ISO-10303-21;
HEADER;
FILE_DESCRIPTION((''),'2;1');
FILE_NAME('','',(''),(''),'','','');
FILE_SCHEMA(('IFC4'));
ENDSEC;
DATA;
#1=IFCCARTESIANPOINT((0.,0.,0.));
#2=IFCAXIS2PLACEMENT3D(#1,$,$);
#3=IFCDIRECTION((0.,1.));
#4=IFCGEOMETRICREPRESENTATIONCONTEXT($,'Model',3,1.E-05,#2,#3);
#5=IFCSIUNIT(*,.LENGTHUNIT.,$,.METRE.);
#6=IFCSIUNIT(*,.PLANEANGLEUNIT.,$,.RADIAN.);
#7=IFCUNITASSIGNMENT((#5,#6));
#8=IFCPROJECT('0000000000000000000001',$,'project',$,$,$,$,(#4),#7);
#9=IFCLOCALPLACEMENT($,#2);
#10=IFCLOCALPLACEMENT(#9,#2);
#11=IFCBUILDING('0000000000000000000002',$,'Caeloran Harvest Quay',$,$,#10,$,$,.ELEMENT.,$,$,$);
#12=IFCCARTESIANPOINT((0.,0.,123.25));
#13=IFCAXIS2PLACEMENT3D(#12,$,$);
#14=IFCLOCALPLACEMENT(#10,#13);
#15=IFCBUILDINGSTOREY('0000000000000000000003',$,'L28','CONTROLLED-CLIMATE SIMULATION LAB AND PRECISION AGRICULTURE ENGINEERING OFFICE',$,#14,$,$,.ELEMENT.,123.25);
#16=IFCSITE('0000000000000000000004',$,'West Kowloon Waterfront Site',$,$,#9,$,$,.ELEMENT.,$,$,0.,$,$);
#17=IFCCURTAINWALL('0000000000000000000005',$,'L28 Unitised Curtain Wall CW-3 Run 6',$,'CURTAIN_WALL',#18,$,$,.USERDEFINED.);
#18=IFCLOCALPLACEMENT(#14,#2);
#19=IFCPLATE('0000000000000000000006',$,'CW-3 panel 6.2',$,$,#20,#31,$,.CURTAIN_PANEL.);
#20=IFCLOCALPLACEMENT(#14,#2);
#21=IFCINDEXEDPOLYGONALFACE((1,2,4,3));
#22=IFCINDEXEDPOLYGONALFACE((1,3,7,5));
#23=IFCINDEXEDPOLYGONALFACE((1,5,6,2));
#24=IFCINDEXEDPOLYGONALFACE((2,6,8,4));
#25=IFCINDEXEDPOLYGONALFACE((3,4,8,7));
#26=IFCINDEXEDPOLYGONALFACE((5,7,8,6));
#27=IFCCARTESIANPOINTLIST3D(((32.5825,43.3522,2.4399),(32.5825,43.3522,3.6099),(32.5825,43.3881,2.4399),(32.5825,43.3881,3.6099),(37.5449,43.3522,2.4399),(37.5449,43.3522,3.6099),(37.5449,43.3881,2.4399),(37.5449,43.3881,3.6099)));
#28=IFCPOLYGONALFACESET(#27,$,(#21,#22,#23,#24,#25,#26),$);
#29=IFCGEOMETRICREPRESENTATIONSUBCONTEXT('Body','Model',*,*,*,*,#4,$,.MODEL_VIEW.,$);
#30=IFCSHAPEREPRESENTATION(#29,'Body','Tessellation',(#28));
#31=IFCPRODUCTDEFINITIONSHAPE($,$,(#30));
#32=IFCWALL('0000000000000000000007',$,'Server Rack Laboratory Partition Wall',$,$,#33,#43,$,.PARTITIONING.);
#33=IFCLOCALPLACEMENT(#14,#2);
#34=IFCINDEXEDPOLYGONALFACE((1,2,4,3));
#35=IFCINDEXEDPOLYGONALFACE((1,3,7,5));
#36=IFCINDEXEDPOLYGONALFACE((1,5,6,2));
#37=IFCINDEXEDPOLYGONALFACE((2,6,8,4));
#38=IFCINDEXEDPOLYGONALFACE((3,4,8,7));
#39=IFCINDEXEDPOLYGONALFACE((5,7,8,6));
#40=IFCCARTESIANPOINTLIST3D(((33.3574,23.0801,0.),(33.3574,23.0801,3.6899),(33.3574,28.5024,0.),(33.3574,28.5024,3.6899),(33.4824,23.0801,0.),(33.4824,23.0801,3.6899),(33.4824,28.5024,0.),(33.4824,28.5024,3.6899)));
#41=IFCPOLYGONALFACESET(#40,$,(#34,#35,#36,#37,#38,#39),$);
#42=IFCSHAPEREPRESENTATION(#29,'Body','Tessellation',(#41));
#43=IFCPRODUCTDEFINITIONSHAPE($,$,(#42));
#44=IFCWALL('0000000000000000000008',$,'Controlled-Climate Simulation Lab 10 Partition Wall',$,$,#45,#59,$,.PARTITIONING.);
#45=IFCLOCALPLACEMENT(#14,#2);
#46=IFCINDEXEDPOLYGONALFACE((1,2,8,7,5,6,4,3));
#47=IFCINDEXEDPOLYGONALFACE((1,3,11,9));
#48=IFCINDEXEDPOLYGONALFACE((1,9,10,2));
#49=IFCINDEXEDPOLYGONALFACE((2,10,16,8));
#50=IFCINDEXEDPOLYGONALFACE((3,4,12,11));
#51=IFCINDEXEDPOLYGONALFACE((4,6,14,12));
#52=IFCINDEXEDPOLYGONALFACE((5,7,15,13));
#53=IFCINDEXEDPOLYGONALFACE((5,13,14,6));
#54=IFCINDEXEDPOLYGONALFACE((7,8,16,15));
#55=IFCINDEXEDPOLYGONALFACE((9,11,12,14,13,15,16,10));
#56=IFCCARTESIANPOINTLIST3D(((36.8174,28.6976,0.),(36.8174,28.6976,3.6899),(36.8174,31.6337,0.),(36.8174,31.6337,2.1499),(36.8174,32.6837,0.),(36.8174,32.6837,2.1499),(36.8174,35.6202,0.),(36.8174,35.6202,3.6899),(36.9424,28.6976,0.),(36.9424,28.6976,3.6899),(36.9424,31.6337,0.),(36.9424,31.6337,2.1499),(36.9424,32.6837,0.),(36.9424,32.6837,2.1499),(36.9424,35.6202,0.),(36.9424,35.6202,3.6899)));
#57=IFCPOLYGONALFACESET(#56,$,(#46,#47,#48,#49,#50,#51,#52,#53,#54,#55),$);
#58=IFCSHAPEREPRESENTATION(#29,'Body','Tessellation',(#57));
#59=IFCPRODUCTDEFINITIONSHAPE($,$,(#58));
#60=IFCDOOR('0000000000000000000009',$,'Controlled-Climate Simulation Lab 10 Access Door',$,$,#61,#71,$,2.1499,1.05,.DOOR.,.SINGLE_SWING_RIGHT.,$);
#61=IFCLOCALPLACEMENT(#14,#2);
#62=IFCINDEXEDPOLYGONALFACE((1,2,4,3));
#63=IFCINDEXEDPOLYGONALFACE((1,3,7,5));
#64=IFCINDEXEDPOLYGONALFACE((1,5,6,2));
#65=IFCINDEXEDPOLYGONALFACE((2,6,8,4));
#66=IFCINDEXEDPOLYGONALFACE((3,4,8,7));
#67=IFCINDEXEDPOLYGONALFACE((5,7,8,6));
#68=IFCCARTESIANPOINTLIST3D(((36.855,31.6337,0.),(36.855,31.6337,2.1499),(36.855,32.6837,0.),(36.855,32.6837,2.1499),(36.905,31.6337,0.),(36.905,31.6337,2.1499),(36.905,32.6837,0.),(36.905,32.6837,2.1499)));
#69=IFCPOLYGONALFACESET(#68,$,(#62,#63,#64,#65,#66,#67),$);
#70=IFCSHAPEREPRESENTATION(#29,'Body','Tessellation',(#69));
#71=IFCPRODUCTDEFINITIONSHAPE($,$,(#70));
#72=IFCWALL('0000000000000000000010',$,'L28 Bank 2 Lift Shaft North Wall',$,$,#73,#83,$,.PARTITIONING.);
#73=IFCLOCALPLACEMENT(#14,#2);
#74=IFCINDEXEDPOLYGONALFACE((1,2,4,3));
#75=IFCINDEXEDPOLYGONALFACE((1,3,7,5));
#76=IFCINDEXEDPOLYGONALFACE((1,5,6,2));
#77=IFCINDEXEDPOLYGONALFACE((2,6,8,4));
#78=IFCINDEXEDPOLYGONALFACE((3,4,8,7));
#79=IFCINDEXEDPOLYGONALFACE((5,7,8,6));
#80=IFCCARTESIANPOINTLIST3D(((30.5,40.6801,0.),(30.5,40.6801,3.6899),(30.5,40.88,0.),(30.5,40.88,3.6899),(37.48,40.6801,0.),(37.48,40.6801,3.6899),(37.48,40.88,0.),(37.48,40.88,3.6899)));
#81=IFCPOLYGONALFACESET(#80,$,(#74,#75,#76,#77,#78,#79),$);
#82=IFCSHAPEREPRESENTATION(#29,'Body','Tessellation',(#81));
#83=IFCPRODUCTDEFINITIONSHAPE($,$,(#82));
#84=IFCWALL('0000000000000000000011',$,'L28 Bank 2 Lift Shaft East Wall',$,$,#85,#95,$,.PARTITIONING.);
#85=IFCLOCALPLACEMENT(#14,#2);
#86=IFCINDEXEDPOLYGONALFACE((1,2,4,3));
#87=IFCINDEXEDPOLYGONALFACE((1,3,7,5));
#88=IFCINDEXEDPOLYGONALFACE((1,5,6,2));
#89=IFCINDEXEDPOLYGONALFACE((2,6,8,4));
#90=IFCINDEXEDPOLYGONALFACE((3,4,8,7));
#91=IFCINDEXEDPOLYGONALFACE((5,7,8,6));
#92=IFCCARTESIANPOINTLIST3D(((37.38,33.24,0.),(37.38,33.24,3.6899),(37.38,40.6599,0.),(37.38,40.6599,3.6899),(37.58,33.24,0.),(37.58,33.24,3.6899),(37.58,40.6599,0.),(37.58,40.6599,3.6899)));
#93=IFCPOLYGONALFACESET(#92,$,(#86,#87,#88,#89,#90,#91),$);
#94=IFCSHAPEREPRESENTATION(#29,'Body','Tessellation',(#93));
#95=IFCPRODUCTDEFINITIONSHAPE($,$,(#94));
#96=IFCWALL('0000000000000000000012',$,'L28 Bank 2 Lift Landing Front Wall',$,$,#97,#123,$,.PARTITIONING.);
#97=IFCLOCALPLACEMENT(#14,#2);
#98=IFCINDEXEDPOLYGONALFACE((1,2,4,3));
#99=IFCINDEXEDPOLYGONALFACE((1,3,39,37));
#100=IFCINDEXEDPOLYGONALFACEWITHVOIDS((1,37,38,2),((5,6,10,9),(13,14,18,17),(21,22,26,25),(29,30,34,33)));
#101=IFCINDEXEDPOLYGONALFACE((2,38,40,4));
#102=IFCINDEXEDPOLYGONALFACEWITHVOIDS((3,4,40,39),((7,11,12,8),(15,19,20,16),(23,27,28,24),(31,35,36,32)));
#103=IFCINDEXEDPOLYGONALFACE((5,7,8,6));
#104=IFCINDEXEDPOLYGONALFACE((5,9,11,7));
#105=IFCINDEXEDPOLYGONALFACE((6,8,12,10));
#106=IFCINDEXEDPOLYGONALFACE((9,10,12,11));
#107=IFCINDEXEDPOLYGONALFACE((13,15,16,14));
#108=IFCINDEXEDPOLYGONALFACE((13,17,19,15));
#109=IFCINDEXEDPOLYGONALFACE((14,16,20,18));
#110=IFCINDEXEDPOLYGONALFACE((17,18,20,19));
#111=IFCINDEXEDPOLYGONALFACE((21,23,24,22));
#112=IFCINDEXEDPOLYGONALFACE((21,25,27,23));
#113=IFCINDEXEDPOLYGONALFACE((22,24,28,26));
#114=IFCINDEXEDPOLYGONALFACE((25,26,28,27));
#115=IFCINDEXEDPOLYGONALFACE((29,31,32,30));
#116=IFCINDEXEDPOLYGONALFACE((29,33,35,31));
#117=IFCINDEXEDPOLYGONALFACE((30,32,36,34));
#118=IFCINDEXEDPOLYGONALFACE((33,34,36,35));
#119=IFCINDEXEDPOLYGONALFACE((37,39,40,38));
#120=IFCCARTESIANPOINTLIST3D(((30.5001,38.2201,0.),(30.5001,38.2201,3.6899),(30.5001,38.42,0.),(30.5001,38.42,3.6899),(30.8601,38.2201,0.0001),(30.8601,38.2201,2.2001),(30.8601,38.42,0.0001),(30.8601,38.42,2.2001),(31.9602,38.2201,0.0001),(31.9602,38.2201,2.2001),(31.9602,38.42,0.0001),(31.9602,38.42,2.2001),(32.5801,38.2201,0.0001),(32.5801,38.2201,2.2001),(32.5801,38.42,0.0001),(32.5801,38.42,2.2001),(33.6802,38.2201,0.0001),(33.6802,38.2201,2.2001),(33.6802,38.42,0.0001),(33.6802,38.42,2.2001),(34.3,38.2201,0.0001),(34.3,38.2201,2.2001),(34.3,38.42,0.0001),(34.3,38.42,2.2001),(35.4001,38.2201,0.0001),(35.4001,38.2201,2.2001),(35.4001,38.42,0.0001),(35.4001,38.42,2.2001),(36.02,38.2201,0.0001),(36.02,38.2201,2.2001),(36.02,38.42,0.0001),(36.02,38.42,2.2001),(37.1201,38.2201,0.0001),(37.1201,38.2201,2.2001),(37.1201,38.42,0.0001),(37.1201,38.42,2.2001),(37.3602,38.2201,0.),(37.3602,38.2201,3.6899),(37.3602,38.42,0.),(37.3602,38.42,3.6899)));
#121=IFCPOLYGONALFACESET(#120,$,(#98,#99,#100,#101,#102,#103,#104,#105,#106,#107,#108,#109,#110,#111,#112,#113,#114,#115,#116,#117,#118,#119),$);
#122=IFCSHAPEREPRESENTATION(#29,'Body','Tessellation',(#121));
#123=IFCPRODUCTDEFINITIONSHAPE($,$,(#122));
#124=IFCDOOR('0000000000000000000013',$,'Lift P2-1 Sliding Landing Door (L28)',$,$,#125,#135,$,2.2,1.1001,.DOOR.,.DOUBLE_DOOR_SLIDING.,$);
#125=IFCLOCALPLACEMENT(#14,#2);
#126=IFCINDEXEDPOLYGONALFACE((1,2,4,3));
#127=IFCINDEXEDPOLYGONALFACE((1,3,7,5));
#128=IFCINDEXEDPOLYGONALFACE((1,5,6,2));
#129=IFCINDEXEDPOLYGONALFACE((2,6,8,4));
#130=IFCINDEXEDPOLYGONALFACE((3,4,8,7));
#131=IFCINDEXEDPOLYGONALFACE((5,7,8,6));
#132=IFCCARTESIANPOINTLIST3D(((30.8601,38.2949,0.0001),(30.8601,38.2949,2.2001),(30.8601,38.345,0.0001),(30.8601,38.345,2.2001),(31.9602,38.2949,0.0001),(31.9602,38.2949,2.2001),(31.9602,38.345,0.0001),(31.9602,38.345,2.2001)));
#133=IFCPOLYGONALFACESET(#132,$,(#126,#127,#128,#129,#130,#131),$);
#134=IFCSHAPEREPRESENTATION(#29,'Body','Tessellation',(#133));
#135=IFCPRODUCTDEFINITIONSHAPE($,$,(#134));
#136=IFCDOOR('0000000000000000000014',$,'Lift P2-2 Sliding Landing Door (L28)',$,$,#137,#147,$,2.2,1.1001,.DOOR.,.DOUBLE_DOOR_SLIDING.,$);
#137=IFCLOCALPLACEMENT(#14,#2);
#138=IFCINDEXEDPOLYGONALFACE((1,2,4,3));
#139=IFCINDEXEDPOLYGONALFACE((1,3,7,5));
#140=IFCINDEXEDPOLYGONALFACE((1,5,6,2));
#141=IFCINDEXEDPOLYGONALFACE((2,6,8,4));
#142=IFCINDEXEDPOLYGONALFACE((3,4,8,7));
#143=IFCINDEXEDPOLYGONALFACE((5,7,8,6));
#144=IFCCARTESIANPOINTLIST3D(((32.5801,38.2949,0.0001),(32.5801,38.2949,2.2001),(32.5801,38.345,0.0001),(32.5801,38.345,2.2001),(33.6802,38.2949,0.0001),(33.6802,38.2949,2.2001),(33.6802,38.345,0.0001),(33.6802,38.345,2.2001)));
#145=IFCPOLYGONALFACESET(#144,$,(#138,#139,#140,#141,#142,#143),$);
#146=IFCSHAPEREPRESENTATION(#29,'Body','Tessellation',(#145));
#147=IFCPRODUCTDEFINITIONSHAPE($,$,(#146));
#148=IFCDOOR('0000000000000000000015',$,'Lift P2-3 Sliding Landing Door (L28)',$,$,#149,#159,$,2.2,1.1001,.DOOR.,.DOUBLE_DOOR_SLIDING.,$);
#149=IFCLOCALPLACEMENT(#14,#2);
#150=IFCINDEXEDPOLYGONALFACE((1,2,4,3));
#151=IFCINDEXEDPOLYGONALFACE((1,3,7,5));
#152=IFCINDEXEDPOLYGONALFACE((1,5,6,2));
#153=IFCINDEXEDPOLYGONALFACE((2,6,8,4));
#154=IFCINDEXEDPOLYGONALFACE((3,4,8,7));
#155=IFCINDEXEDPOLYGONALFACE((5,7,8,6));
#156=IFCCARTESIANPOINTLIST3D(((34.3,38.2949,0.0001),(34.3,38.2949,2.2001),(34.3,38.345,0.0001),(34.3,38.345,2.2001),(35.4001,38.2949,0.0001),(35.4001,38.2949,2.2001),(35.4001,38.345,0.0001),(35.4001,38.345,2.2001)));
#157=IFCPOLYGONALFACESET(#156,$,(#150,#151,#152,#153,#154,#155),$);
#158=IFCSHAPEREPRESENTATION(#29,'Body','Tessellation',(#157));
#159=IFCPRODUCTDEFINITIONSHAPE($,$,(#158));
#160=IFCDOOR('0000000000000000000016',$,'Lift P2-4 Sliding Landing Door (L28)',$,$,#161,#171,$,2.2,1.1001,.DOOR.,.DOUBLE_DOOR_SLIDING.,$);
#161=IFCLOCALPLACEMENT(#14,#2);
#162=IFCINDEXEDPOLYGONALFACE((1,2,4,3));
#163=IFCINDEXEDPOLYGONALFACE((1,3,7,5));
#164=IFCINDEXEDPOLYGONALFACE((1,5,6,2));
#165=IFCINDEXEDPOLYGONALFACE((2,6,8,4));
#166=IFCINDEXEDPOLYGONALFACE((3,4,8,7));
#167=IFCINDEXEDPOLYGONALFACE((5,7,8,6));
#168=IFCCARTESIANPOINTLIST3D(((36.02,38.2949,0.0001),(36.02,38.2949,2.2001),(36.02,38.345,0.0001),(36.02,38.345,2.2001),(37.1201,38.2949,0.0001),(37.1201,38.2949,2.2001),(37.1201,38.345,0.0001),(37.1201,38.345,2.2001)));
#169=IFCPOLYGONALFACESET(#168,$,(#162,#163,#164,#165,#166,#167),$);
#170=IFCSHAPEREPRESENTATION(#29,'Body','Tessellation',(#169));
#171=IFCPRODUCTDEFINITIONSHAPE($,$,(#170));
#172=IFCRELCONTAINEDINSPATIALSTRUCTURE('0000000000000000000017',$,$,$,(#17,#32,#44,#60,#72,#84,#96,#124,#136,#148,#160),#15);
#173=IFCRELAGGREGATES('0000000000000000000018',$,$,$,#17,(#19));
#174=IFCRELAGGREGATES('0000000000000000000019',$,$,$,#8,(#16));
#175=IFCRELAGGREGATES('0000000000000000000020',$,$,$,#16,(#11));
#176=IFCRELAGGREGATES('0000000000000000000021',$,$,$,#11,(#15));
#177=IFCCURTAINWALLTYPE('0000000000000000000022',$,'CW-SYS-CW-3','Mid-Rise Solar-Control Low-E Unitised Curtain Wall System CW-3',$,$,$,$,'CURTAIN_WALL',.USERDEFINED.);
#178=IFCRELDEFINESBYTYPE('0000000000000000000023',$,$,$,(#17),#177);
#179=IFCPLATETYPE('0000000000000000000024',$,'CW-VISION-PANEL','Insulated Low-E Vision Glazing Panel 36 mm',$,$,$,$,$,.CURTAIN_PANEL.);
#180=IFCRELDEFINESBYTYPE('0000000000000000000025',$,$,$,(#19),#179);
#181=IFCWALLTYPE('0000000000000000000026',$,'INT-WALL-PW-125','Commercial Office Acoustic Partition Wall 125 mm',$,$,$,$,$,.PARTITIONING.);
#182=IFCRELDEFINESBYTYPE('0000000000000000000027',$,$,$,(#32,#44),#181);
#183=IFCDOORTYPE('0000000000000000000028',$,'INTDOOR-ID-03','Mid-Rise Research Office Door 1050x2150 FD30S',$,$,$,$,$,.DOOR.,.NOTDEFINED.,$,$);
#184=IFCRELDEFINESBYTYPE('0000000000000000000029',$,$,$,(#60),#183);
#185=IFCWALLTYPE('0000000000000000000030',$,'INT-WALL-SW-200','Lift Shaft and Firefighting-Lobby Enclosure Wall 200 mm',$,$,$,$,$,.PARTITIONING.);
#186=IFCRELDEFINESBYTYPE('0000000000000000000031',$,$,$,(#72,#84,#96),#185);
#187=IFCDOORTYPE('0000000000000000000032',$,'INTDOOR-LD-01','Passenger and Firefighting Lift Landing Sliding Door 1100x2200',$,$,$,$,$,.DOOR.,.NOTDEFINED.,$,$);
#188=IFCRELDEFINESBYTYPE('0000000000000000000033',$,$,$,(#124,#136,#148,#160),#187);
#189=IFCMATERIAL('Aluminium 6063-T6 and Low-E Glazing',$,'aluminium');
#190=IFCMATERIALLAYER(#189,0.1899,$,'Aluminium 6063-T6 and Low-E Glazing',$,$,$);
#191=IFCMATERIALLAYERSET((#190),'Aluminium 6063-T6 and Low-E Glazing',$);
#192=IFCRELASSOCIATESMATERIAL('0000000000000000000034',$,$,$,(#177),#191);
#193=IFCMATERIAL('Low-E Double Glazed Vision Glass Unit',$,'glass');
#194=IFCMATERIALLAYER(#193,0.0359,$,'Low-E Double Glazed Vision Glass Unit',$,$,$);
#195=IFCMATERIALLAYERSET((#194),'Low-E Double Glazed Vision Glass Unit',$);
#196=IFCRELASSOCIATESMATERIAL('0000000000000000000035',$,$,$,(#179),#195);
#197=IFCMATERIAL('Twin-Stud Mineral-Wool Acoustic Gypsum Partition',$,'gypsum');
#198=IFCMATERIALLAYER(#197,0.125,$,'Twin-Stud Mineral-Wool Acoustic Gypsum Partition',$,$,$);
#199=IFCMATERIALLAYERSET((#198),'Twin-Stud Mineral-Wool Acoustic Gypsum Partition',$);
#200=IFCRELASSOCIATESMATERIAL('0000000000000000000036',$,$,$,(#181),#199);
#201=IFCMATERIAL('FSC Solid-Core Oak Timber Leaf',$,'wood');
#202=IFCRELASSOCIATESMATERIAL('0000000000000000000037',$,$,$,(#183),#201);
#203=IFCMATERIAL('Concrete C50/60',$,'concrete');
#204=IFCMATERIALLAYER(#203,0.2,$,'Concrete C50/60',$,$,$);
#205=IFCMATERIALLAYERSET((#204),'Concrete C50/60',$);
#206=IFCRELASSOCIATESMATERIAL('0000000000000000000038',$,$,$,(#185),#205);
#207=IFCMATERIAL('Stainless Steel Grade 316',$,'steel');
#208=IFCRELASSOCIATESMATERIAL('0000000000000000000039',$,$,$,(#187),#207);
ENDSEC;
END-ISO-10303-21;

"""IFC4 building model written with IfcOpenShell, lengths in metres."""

from ifc_helpers import new_model, si_unit, direction, frame, frame_2d, origin, origin_2d, place, context, subcontext, project, spatial, rectangle, extrude, material, layer, layer_set, type_object, element, fill, aggregate, save


model = new_model("IFC4")

# Units and contexts
model_context = context("Model", 3, precision=1e-05, world=origin(), true_north=direction((0.0, 1.0)))
body_context = subcontext(model_context, "Body", "Model", "MODEL_VIEW")
ifc_project = project(units=[si_unit("LENGTHUNIT", "METRE"), si_unit("PLANEANGLEUNIT", "RADIAN")], contexts=[model_context])

# Site, building, storey
site_placement = place(None, origin())
site = spatial("IfcSite", under=ifc_project, at=site_placement, Name="West Kowloon Waterfront Site", CompositionType="ELEMENT", RefElevation=0.0)
building_placement = place(site_placement, origin())
building = spatial("IfcBuilding", under=site, at=building_placement, Name="Caeloran Harvest Quay", CompositionType="ELEMENT")
storey_placement = place(building_placement, frame((0.0, 0.0, 123.25)))
storey = spatial("IfcBuildingStorey", under=building, at=storey_placement, Name="L28", Description="CONTROLLED-CLIMATE SIMULATION LAB AND PRECISION AGRICULTURE ENGINEERING OFFICE", CompositionType="ELEMENT", Elevation=123.25)

# Curtain wall, plate
ifc_material_1 = material(Name="Aluminium 6063-T6 and Low-E Glazing", Category="aluminium")
ifc_layer_1 = layer(ifc_material_1, 0.1899, Name="Aluminium 6063-T6 and Low-E Glazing")
ifc_layer_set_1 = layer_set([ifc_layer_1], Name="Aluminium 6063-T6 and Low-E Glazing")
curtain_wall_type = type_object("IfcCurtainWallType", Name="CW-SYS-CW-3", Description="Mid-Rise Solar-Control Low-E Unitised Curtain Wall System CW-3", ElementType="CURTAIN_WALL", PredefinedType="USERDEFINED", material=ifc_layer_set_1)
curtain_wall_placement = place(storey_placement, origin())
curtain_wall = element("IfcCurtainWall", 1, at=curtain_wall_placement, inside=storey, type_object=curtain_wall_type, Name="L28 Unitised Curtain Wall CW-3 Run 6", ObjectType="CURTAIN_WALL", PredefinedType="USERDEFINED")
ifc_material_2 = material(Name="Low-E Double Glazed Vision Glass Unit", Category="glass")
ifc_layer_2 = layer(ifc_material_2, 0.0359, Name="Low-E Double Glazed Vision Glass Unit")
ifc_layer_set_2 = layer_set([ifc_layer_2], Name="Low-E Double Glazed Vision Glass Unit")
plate_type = type_object("IfcPlateType", Name="CW-VISION-PANEL", Description="Insulated Low-E Vision Glazing Panel 36 mm", PredefinedType="CURTAIN_PANEL", material=ifc_layer_set_2)
plate_1_placement = place(storey_placement, frame((35.0637, 43.3701, 2.4399), z_axis=(0.0, 0.0, 1.0), x_axis=(1.0, 0.0, 0.0)))
plate_1 = element("IfcPlate", 2, at=plate_1_placement, type_object=plate_type, Name="CW-3 panel 6.2", PredefinedType="CURTAIN_PANEL", context=body_context, shape_type="SweptSolid", body=[
    extrude(rectangle(XDim=4.9624, YDim=0.0359, at=origin_2d()), origin(), (0.0, 0.0, 1.0), 1.1699),
])
aggregate(curtain_wall, [plate_1])

# Wall
ifc_material_3 = material(Name="Twin-Stud Mineral-Wool Acoustic Gypsum Partition", Category="gypsum")
ifc_layer_3 = layer(ifc_material_3, 0.125, Name="Twin-Stud Mineral-Wool Acoustic Gypsum Partition")
ifc_layer_set_3 = layer_set([ifc_layer_3], Name="Twin-Stud Mineral-Wool Acoustic Gypsum Partition")
wall_type_1 = type_object("IfcWallType", Name="INT-WALL-PW-125", Description="Commercial Office Acoustic Partition Wall 125 mm", PredefinedType="PARTITIONING", material=ifc_layer_set_3)
wall_1_placement = place(storey_placement, frame((33.4199, 28.5024, 0.0), z_axis=(0.0, 0.0, 1.0), x_axis=(0.0, -1.0, 0.0)))
element("IfcWall", 3, at=wall_1_placement, inside=storey, type_object=wall_type_1, Name="Server Rack Laboratory Partition Wall", PredefinedType="PARTITIONING", context=body_context, shape_type="SweptSolid", body=[
    extrude(rectangle(XDim=5.4224, YDim=0.125, at=frame_2d((2.7112, 0.0))), origin(), (0.0, 0.0, 1.0), 3.6899),
])

# Wall, opening, door
wall_2_placement = place(storey_placement, frame((36.8799, 28.6975, 0.0), z_axis=(0.0, 0.0, 1.0), x_axis=(0.0, 1.0, 0.0)))
wall_2 = element("IfcWall", 4, at=wall_2_placement, inside=storey, type_object=wall_type_1, Name="Controlled-Climate Simulation Lab 10 Partition Wall", PredefinedType="PARTITIONING", context=body_context, shape_type="SweptSolid", body=[
    extrude(rectangle(XDim=6.9226, YDim=0.125, at=frame_2d((3.4614, 0.0))), origin(), (0.0, 0.0, 1.0), 3.6899),
])
opening_1_placement = place(wall_2_placement, frame((2.9363, 0.0, 0.0)))
opening_1 = element("IfcOpeningElement", 5, at=opening_1_placement, cuts=wall_2, PredefinedType="OPENING", context=body_context, shape_type="SweptSolid", body=[
    extrude(rectangle(XDim=1.05, YDim=2.1499, at=frame_2d((0.5249, 1.075))), frame((0.0, 0.0725, 0.0), z_axis=(0.0, -1.0, 0.0), x_axis=(1.0, 0.0, 0.0)), (0.0, 0.0, 1.0), 0.145),
])
ifc_material_4 = material(Name="FSC Solid-Core Oak Timber Leaf", Category="wood")
door_type_1 = type_object("IfcDoorType", Name="INTDOOR-ID-03", Description="Mid-Rise Research Office Door 1050x2150 FD30S", OperationType="NOTDEFINED", PredefinedType="DOOR", material=ifc_material_4)
door_1_placement = place(opening_1_placement, origin())
door_1 = element("IfcDoor", 6, at=door_1_placement, inside=storey, type_object=door_type_1, Name="Controlled-Climate Simulation Lab 10 Access Door", OperationType="SINGLE_SWING_RIGHT", OverallHeight=2.1499, OverallWidth=1.05, PredefinedType="DOOR", context=body_context, shape_type="SweptSolid", body=[
    extrude(rectangle(XDim=1.05, YDim=2.1499, at=frame_2d((0.5249, 1.075))), frame((0.0, 0.0249, 0.0), z_axis=(0.0, -1.0, 0.0), x_axis=(1.0, 0.0, 0.0)), (0.0, 0.0, 1.0), 0.05),
])
fill(opening_1, door_1)

# Walls
ifc_material_5 = material(Name="Concrete C50/60", Category="concrete")
ifc_layer_4 = layer(ifc_material_5, 0.2, Name="Concrete C50/60")
ifc_layer_set_4 = layer_set([ifc_layer_4], Name="Concrete C50/60")
wall_type_2 = type_object("IfcWallType", Name="INT-WALL-SW-200", Description="Lift Shaft and Firefighting-Lobby Enclosure Wall 200 mm", PredefinedType="PARTITIONING", material=ifc_layer_set_4)
wall_3_placement = place(storey_placement, frame((30.5, 40.78, 0.0), z_axis=(0.0, 0.0, 1.0), x_axis=(1.0, 0.0, 0.0)))
element("IfcWall", 7, at=wall_3_placement, inside=storey, type_object=wall_type_2, Name="L28 Bank 2 Lift Shaft North Wall", PredefinedType="PARTITIONING", context=body_context, shape_type="SweptSolid", body=[
    extrude(rectangle(XDim=6.98, YDim=0.2, at=frame_2d((3.49, 0.0))), origin(), (0.0, 0.0, 1.0), 3.6899),
])
wall_4_placement = place(storey_placement, frame((37.48, 33.24, 0.0), z_axis=(0.0, 0.0, 1.0), x_axis=(0.0, 1.0, 0.0)))
element("IfcWall", 8, at=wall_4_placement, inside=storey, type_object=wall_type_2, Name="L28 Bank 2 Lift Shaft East Wall", PredefinedType="PARTITIONING", context=body_context, shape_type="SweptSolid", body=[
    extrude(rectangle(XDim=7.4199, YDim=0.2, at=frame_2d((3.71, 0.0))), origin(), (0.0, 0.0, 1.0), 3.6899),
])

# Wall, openings, doors
wall_5_placement = place(storey_placement, frame((30.5, 38.3201, 0.0), z_axis=(0.0, 0.0, 1.0), x_axis=(1.0, 0.0, 0.0)))
wall_5 = element("IfcWall", 9, at=wall_5_placement, inside=storey, type_object=wall_type_2, Name="L28 Bank 2 Lift Landing Front Wall", PredefinedType="PARTITIONING", context=body_context, shape_type="SweptSolid", body=[
    extrude(rectangle(XDim=6.8601, YDim=0.2, at=frame_2d((3.4302, 0.0))), origin(), (0.0, 0.0, 1.0), 3.6899),
])
opening_2_placement = place(wall_5_placement, frame((0.3601, 0.0, 0.0)))
opening_2 = element("IfcOpeningElement", 10, at=opening_2_placement, cuts=wall_5, PredefinedType="OPENING", context=body_context, shape_type="SweptSolid", body=[
    extrude(rectangle(XDim=1.1001, YDim=2.2, at=frame_2d((0.55, 1.1001))), frame((0.0, 0.1099, 0.0), z_axis=(0.0, -1.0, 0.0), x_axis=(1.0, 0.0, 0.0)), (0.0, 0.0, 1.0), 0.22),
])
opening_3_placement = place(wall_5_placement, frame((2.0801, 0.0, 0.0)))
opening_3 = element("IfcOpeningElement", 11, at=opening_3_placement, cuts=wall_5, PredefinedType="OPENING", context=body_context, shape_type="SweptSolid", body=[
    extrude(rectangle(XDim=1.1001, YDim=2.2, at=frame_2d((0.55, 1.1001))), frame((0.0, 0.1099, 0.0), z_axis=(0.0, -1.0, 0.0), x_axis=(1.0, 0.0, 0.0)), (0.0, 0.0, 1.0), 0.22),
])
opening_4_placement = place(wall_5_placement, frame((3.8, 0.0, 0.0)))
opening_4 = element("IfcOpeningElement", 12, at=opening_4_placement, cuts=wall_5, PredefinedType="OPENING", context=body_context, shape_type="SweptSolid", body=[
    extrude(rectangle(XDim=1.1001, YDim=2.2, at=frame_2d((0.55, 1.1001))), frame((0.0, 0.1099, 0.0), z_axis=(0.0, -1.0, 0.0), x_axis=(1.0, 0.0, 0.0)), (0.0, 0.0, 1.0), 0.22),
])
opening_5_placement = place(wall_5_placement, frame((5.52, 0.0, 0.0)))
opening_5 = element("IfcOpeningElement", 13, at=opening_5_placement, cuts=wall_5, PredefinedType="OPENING", context=body_context, shape_type="SweptSolid", body=[
    extrude(rectangle(XDim=1.1001, YDim=2.2, at=frame_2d((0.55, 1.1001))), frame((0.0, 0.1099, 0.0), z_axis=(0.0, -1.0, 0.0), x_axis=(1.0, 0.0, 0.0)), (0.0, 0.0, 1.0), 0.22),
])
ifc_material_6 = material(Name="Stainless Steel Grade 316", Category="steel")
door_type_2 = type_object("IfcDoorType", Name="INTDOOR-LD-01", Description="Passenger and Firefighting Lift Landing Sliding Door 1100x2200", OperationType="NOTDEFINED", PredefinedType="DOOR", material=ifc_material_6)
door_2_placement = place(opening_2_placement, origin())
door_2 = element("IfcDoor", 14, at=door_2_placement, inside=storey, type_object=door_type_2, Name="Lift P2-1 Sliding Landing Door (L28)", OperationType="DOUBLE_DOOR_SLIDING", OverallHeight=2.2, OverallWidth=1.1001, PredefinedType="DOOR", context=body_context, shape_type="SweptSolid", body=[
    extrude(rectangle(XDim=1.1001, YDim=2.2, at=frame_2d((0.55, 1.1001))), frame((0.0, 0.0249, 0.0), z_axis=(0.0, -1.0, 0.0), x_axis=(1.0, 0.0, 0.0)), (0.0, 0.0, 1.0), 0.05),
])
fill(opening_2, door_2)
door_3_placement = place(opening_3_placement, origin())
door_3 = element("IfcDoor", 15, at=door_3_placement, inside=storey, type_object=door_type_2, Name="Lift P2-2 Sliding Landing Door (L28)", OperationType="DOUBLE_DOOR_SLIDING", OverallHeight=2.2, OverallWidth=1.1001, PredefinedType="DOOR", context=body_context, shape_type="SweptSolid", body=[
    extrude(rectangle(XDim=1.1001, YDim=2.2, at=frame_2d((0.55, 1.1001))), frame((0.0, 0.0249, 0.0), z_axis=(0.0, -1.0, 0.0), x_axis=(1.0, 0.0, 0.0)), (0.0, 0.0, 1.0), 0.05),
])
fill(opening_3, door_3)
door_4_placement = place(opening_4_placement, origin())
door_4 = element("IfcDoor", 16, at=door_4_placement, inside=storey, type_object=door_type_2, Name="Lift P2-3 Sliding Landing Door (L28)", OperationType="DOUBLE_DOOR_SLIDING", OverallHeight=2.2, OverallWidth=1.1001, PredefinedType="DOOR", context=body_context, shape_type="SweptSolid", body=[
    extrude(rectangle(XDim=1.1001, YDim=2.2, at=frame_2d((0.55, 1.1001))), frame((0.0, 0.0249, 0.0), z_axis=(0.0, -1.0, 0.0), x_axis=(1.0, 0.0, 0.0)), (0.0, 0.0, 1.0), 0.05),
])
fill(opening_4, door_4)
door_5_placement = place(opening_5_placement, origin())
door_5 = element("IfcDoor", 17, at=door_5_placement, inside=storey, type_object=door_type_2, Name="Lift P2-4 Sliding Landing Door (L28)", OperationType="DOUBLE_DOOR_SLIDING", OverallHeight=2.2, OverallWidth=1.1001, PredefinedType="DOOR", context=body_context, shape_type="SweptSolid", body=[
    extrude(rectangle(XDim=1.1001, YDim=2.2, at=frame_2d((0.55, 1.1001))), frame((0.0, 0.0249, 0.0), z_axis=(0.0, -1.0, 0.0), x_axis=(1.0, 0.0, 0.0)), (0.0, 0.0, 1.0), 0.05),
])
fill(opening_5, door_5)

save(model, "model.ifc")
